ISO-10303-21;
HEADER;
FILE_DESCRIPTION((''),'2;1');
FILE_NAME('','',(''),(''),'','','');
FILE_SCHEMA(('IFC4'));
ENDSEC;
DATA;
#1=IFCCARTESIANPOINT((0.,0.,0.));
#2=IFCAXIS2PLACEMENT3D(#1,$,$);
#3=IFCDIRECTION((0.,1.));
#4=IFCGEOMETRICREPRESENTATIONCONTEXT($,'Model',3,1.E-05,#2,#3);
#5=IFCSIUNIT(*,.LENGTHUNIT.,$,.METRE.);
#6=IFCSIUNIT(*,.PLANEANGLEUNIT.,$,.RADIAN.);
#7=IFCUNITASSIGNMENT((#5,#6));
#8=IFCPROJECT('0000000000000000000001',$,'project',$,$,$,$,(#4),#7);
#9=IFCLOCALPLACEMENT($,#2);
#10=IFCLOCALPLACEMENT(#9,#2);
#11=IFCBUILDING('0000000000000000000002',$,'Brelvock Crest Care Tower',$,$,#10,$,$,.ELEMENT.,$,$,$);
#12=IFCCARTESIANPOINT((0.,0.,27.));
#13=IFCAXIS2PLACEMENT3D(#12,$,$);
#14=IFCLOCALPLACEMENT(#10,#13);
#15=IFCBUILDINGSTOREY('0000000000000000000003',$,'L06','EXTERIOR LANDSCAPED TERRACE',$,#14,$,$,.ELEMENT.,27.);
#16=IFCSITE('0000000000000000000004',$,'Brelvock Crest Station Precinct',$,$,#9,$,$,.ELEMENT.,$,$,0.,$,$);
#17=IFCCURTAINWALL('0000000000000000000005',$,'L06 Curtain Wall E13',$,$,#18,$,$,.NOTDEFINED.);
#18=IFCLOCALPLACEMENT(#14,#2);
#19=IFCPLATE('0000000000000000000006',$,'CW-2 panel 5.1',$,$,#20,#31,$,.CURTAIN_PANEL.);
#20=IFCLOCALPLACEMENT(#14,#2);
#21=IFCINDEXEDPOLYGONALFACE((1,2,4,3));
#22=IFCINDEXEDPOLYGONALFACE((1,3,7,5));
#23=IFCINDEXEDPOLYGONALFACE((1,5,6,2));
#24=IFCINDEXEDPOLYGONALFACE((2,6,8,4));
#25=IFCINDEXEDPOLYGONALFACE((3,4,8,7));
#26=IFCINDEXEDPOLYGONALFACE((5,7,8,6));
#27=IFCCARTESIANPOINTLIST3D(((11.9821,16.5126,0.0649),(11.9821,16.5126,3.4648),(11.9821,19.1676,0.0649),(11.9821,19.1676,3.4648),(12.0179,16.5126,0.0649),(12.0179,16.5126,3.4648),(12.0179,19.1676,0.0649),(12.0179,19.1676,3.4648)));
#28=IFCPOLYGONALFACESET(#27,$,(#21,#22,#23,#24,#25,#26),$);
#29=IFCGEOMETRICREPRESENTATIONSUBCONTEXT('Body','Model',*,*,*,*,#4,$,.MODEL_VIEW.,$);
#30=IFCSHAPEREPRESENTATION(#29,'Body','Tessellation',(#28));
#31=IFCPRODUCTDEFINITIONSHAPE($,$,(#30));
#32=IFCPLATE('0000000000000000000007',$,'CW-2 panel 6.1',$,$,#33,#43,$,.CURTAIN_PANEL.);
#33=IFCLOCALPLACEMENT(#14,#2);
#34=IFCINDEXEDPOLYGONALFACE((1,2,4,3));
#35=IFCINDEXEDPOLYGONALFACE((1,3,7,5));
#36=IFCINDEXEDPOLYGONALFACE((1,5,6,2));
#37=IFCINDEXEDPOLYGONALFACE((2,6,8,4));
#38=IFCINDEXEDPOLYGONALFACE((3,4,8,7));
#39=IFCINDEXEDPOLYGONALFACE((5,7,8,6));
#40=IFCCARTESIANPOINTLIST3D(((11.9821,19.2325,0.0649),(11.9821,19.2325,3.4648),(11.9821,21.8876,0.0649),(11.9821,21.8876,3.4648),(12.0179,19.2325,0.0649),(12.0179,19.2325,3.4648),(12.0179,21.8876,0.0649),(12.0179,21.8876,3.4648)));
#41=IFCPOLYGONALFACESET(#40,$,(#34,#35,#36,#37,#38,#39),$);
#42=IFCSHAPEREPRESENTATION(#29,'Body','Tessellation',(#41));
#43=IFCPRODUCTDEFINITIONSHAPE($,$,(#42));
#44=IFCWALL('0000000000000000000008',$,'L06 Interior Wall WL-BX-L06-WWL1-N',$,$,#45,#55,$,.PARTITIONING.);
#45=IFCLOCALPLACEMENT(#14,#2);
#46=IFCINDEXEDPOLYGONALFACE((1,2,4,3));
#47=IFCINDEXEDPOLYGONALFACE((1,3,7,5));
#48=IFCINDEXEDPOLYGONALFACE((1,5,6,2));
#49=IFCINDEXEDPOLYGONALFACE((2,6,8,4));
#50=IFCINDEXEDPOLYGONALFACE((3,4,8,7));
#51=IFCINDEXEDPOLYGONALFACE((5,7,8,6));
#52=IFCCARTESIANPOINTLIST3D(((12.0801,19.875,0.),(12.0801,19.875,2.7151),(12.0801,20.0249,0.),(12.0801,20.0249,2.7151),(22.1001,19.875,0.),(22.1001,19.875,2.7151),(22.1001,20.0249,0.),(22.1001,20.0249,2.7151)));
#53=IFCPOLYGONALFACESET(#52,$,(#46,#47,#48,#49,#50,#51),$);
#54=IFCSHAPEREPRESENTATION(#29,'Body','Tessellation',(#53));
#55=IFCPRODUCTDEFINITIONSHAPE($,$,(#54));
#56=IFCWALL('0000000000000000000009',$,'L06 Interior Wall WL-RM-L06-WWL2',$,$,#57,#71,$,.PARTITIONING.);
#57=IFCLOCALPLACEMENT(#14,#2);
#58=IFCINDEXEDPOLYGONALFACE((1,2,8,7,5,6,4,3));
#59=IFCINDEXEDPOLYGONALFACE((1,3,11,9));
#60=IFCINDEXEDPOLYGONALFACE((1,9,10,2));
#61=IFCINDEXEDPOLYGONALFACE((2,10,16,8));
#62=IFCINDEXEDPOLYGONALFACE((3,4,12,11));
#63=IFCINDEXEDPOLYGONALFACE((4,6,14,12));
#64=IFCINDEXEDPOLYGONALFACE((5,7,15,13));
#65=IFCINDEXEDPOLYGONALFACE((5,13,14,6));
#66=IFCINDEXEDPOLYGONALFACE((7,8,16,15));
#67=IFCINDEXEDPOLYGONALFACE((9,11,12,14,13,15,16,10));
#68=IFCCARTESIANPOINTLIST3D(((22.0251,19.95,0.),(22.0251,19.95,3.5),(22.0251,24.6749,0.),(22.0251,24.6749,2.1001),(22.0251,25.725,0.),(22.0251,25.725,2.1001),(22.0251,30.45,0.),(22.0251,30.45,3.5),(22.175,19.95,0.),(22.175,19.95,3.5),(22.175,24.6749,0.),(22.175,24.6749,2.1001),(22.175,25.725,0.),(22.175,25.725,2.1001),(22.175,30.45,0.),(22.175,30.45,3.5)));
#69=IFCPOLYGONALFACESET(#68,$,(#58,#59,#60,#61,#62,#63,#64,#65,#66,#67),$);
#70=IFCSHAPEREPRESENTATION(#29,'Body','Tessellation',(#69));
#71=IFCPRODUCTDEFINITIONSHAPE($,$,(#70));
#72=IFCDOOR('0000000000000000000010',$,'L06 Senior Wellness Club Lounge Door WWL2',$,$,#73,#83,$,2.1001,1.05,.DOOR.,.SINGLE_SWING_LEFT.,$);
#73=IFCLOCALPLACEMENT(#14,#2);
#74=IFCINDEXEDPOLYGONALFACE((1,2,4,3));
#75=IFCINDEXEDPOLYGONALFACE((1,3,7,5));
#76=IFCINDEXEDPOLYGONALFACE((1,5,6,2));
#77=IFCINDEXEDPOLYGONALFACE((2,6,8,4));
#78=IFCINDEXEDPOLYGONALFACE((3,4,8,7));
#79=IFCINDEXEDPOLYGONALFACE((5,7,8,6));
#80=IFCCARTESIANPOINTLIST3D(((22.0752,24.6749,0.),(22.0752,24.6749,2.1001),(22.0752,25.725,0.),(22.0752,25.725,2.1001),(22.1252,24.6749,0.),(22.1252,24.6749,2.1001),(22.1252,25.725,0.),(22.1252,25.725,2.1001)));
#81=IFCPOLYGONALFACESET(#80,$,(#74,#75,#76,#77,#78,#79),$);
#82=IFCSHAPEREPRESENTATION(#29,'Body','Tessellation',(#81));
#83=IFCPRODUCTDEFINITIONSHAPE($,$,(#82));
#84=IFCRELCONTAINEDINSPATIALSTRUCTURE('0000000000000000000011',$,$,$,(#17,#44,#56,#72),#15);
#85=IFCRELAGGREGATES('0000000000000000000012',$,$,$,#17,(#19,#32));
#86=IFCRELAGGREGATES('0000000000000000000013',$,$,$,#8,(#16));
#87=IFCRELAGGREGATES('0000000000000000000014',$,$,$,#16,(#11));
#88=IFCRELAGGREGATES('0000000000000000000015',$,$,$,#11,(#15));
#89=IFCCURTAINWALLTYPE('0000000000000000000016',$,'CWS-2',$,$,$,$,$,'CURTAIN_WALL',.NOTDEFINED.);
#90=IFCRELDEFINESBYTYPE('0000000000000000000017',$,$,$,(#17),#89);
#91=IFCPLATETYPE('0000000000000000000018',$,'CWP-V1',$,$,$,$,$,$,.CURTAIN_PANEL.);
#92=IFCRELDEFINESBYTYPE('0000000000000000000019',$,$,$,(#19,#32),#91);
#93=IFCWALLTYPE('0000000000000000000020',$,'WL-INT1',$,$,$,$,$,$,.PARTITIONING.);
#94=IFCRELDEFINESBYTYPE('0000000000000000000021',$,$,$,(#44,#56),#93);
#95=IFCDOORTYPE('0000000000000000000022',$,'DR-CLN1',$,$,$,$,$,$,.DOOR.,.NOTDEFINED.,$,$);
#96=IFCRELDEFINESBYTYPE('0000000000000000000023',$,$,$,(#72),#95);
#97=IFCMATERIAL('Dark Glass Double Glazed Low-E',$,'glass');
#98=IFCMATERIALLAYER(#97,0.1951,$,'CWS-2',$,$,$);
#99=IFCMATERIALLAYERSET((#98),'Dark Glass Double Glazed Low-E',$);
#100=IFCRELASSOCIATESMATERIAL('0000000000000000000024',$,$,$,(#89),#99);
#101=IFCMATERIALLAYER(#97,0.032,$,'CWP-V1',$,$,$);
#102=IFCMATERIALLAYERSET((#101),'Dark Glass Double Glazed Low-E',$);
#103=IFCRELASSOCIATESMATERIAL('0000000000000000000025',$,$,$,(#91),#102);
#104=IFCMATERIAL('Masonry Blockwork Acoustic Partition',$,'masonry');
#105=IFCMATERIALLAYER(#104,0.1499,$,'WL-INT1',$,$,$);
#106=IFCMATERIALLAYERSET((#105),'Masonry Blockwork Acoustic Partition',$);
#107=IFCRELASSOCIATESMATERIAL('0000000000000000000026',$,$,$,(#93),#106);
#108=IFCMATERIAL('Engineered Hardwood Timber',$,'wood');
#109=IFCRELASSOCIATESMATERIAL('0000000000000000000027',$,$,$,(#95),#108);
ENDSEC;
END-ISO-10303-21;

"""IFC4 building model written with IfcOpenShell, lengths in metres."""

from ifc_helpers import new_model, si_unit, direction, frame, frame_2d, origin, origin_2d, place, context, subcontext, project, spatial, rectangle, extrude, source, transform, mapped, material, layer, layer_set, type_object, element, fill, aggregate, save


model = new_model("IFC4")

# Units and contexts
model_context = context("Model", 3, precision=1e-05, world=origin(), true_north=direction((0.0, 1.0)))
body_context = subcontext(model_context, "Body", "Model", "MODEL_VIEW")
ifc_project = project(units=[si_unit("LENGTHUNIT", "METRE"), si_unit("PLANEANGLEUNIT", "RADIAN")], contexts=[model_context])

# Site, building, storey
site_placement = place(None, origin())
site = spatial("IfcSite", under=ifc_project, at=site_placement, Name="Brelvock Crest Station Precinct", CompositionType="ELEMENT", RefElevation=0.0)
building_placement = place(site_placement, origin())
building = spatial("IfcBuilding", under=site, at=building_placement, Name="Brelvock Crest Care Tower", CompositionType="ELEMENT")
storey_placement = place(building_placement, frame((0.0, 0.0, 27.0)))
storey = spatial("IfcBuildingStorey", under=building, at=storey_placement, Name="L06", Description="EXTERIOR LANDSCAPED TERRACE", CompositionType="ELEMENT", Elevation=27.0)

# Curtain wall, plates
ifc_material_1 = material(Name="Dark Glass Double Glazed Low-E", Category="glass")
ifc_layer_1 = layer(ifc_material_1, 0.1951, Name="CWS-2")
ifc_layer_set_1 = layer_set([ifc_layer_1], Name="Dark Glass Double Glazed Low-E")
curtain_wall_type = type_object("IfcCurtainWallType", Name="CWS-2", ElementType="CURTAIN_WALL", PredefinedType="NOTDEFINED", material=ifc_layer_set_1)
curtain_wall_placement = place(storey_placement, origin())
curtain_wall = element("IfcCurtainWall", 1, at=curtain_wall_placement, inside=storey, type_object=curtain_wall_type, Name="L06 Curtain Wall E13", PredefinedType="NOTDEFINED")
ifc_layer_2 = layer(ifc_material_1, 0.032, Name="CWP-V1")
ifc_layer_set_2 = layer_set([ifc_layer_2], Name="Dark Glass Double Glazed Low-E")
plate_type = type_object("IfcPlateType", Name="CWP-V1", PredefinedType="CURTAIN_PANEL", material=ifc_layer_set_2)
shared_shape_1 = source(origin(), body_context, "Body", "SweptSolid", [
    extrude(rectangle(XDim=2.655, YDim=0.0359, at=origin_2d()), origin(), (0.0, 0.0, 1.0), 3.3999),
])
plate_1_placement = place(storey_placement, frame((12.0, 17.8401, 0.0649), z_axis=(0.0, 0.0, 1.0), x_axis=(0.0, 1.0, 0.0)))
plate_1 = element("IfcPlate", 2, at=plate_1_placement, type_object=plate_type, Name="CW-2 panel 5.1", PredefinedType="CURTAIN_PANEL", context=body_context, shape_type="MappedRepresentation", body=[
    mapped(shared_shape_1, transform((0.0, 0.0, 0.0), x_axis=(1.0, 0.0, 0.0), y_axis=(0.0, 1.0, 0.0), z_axis=(0.0, 0.0, 1.0), scale=1.0)),
])
plate_2_placement = place(storey_placement, frame((12.0, 20.5601, 0.0649), z_axis=(0.0, 0.0, 1.0), x_axis=(0.0, 1.0, 0.0)))
plate_2 = element("IfcPlate", 3, at=plate_2_placement, type_object=plate_type, Name="CW-2 panel 6.1", PredefinedType="CURTAIN_PANEL", context=body_context, shape_type="MappedRepresentation", body=[
    mapped(shared_shape_1, transform((0.0, 0.0, 0.0), x_axis=(1.0, 0.0, 0.0), y_axis=(0.0, 1.0, 0.0), z_axis=(0.0, 0.0, 1.0), scale=1.0)),
])
aggregate(curtain_wall, [plate_1, plate_2])

# Wall
ifc_material_2 = material(Name="Masonry Blockwork Acoustic Partition", Category="masonry")
ifc_layer_3 = layer(ifc_material_2, 0.1499, Name="WL-INT1")
ifc_layer_set_3 = layer_set([ifc_layer_3], Name="Masonry Blockwork Acoustic Partition")
wall_type = type_object("IfcWallType", Name="WL-INT1", PredefinedType="PARTITIONING", material=ifc_layer_set_3)
wall_1_placement = place(storey_placement, frame((12.0801, 19.95, 0.0), z_axis=(0.0, 0.0, 1.0), x_axis=(1.0, 0.0, 0.0)))
element("IfcWall", 4, at=wall_1_placement, inside=storey, type_object=wall_type, Name="L06 Interior Wall WL-BX-L06-WWL1-N", PredefinedType="PARTITIONING", context=body_context, shape_type="SweptSolid", body=[
    extrude(rectangle(XDim=10.02, YDim=0.1499, at=frame_2d((5.01, 0.0))), origin(), (0.0, 0.0, 1.0), 2.7151),
])

# Wall, opening, door
wall_2_placement = place(storey_placement, frame((22.1001, 19.95, 0.0), z_axis=(0.0, 0.0, 1.0), x_axis=(0.0, 1.0, 0.0)))
wall_2 = element("IfcWall", 5, at=wall_2_placement, inside=storey, type_object=wall_type, Name="L06 Interior Wall WL-RM-L06-WWL2", PredefinedType="PARTITIONING", context=body_context, shape_type="SweptSolid", body=[
    extrude(rectangle(XDim=10.5, YDim=0.1499, at=frame_2d((5.25, 0.0))), origin(), (0.0, 0.0, 1.0), 3.5),
])
opening_placement = place(wall_2_placement, frame((4.7251, 0.0, 0.0)))
opening = element("IfcOpeningElement", 6, at=opening_placement, cuts=wall_2, PredefinedType="OPENING", context=body_context, shape_type="SweptSolid", body=[
    extrude(rectangle(XDim=1.05, YDim=2.1001, at=origin_2d()), frame((0.5249, 0.085, 1.05), z_axis=(0.0, -1.0, 0.0), x_axis=(1.0, 0.0, 0.0)), (0.0, 0.0, 1.0), 0.1699),
])
ifc_material_3 = material(Name="Engineered Hardwood Timber", Category="wood")
door_type = type_object("IfcDoorType", Name="DR-CLN1", OperationType="NOTDEFINED", PredefinedType="DOOR", material=ifc_material_3)
shared_shape_2 = source(origin(), body_context, "Body", "SweptSolid", [
    extrude(rectangle(XDim=1.05, YDim=2.1001, at=origin_2d()), frame((0.5249, 0.0249, 1.05), z_axis=(0.0, -1.0, 0.0), x_axis=(1.0, 0.0, 0.0)), (0.0, 0.0, 1.0), 0.05),
])
door_placement = place(opening_placement, origin())
door = element("IfcDoor", 7, at=door_placement, inside=storey, type_object=door_type, Name="L06 Senior Wellness Club Lounge Door WWL2", OperationType="SINGLE_SWING_LEFT", OverallHeight=2.1001, OverallWidth=1.05, PredefinedType="DOOR", context=body_context, shape_type="MappedRepresentation", body=[
    mapped(shared_shape_2, transform((0.0, 0.0, 0.0), x_axis=(1.0, 0.0, 0.0), y_axis=(0.0, 1.0, 0.0), z_axis=(0.0, 0.0, 1.0), scale=1.0)),
])
fill(opening, door)

save(model, "model.ifc")
